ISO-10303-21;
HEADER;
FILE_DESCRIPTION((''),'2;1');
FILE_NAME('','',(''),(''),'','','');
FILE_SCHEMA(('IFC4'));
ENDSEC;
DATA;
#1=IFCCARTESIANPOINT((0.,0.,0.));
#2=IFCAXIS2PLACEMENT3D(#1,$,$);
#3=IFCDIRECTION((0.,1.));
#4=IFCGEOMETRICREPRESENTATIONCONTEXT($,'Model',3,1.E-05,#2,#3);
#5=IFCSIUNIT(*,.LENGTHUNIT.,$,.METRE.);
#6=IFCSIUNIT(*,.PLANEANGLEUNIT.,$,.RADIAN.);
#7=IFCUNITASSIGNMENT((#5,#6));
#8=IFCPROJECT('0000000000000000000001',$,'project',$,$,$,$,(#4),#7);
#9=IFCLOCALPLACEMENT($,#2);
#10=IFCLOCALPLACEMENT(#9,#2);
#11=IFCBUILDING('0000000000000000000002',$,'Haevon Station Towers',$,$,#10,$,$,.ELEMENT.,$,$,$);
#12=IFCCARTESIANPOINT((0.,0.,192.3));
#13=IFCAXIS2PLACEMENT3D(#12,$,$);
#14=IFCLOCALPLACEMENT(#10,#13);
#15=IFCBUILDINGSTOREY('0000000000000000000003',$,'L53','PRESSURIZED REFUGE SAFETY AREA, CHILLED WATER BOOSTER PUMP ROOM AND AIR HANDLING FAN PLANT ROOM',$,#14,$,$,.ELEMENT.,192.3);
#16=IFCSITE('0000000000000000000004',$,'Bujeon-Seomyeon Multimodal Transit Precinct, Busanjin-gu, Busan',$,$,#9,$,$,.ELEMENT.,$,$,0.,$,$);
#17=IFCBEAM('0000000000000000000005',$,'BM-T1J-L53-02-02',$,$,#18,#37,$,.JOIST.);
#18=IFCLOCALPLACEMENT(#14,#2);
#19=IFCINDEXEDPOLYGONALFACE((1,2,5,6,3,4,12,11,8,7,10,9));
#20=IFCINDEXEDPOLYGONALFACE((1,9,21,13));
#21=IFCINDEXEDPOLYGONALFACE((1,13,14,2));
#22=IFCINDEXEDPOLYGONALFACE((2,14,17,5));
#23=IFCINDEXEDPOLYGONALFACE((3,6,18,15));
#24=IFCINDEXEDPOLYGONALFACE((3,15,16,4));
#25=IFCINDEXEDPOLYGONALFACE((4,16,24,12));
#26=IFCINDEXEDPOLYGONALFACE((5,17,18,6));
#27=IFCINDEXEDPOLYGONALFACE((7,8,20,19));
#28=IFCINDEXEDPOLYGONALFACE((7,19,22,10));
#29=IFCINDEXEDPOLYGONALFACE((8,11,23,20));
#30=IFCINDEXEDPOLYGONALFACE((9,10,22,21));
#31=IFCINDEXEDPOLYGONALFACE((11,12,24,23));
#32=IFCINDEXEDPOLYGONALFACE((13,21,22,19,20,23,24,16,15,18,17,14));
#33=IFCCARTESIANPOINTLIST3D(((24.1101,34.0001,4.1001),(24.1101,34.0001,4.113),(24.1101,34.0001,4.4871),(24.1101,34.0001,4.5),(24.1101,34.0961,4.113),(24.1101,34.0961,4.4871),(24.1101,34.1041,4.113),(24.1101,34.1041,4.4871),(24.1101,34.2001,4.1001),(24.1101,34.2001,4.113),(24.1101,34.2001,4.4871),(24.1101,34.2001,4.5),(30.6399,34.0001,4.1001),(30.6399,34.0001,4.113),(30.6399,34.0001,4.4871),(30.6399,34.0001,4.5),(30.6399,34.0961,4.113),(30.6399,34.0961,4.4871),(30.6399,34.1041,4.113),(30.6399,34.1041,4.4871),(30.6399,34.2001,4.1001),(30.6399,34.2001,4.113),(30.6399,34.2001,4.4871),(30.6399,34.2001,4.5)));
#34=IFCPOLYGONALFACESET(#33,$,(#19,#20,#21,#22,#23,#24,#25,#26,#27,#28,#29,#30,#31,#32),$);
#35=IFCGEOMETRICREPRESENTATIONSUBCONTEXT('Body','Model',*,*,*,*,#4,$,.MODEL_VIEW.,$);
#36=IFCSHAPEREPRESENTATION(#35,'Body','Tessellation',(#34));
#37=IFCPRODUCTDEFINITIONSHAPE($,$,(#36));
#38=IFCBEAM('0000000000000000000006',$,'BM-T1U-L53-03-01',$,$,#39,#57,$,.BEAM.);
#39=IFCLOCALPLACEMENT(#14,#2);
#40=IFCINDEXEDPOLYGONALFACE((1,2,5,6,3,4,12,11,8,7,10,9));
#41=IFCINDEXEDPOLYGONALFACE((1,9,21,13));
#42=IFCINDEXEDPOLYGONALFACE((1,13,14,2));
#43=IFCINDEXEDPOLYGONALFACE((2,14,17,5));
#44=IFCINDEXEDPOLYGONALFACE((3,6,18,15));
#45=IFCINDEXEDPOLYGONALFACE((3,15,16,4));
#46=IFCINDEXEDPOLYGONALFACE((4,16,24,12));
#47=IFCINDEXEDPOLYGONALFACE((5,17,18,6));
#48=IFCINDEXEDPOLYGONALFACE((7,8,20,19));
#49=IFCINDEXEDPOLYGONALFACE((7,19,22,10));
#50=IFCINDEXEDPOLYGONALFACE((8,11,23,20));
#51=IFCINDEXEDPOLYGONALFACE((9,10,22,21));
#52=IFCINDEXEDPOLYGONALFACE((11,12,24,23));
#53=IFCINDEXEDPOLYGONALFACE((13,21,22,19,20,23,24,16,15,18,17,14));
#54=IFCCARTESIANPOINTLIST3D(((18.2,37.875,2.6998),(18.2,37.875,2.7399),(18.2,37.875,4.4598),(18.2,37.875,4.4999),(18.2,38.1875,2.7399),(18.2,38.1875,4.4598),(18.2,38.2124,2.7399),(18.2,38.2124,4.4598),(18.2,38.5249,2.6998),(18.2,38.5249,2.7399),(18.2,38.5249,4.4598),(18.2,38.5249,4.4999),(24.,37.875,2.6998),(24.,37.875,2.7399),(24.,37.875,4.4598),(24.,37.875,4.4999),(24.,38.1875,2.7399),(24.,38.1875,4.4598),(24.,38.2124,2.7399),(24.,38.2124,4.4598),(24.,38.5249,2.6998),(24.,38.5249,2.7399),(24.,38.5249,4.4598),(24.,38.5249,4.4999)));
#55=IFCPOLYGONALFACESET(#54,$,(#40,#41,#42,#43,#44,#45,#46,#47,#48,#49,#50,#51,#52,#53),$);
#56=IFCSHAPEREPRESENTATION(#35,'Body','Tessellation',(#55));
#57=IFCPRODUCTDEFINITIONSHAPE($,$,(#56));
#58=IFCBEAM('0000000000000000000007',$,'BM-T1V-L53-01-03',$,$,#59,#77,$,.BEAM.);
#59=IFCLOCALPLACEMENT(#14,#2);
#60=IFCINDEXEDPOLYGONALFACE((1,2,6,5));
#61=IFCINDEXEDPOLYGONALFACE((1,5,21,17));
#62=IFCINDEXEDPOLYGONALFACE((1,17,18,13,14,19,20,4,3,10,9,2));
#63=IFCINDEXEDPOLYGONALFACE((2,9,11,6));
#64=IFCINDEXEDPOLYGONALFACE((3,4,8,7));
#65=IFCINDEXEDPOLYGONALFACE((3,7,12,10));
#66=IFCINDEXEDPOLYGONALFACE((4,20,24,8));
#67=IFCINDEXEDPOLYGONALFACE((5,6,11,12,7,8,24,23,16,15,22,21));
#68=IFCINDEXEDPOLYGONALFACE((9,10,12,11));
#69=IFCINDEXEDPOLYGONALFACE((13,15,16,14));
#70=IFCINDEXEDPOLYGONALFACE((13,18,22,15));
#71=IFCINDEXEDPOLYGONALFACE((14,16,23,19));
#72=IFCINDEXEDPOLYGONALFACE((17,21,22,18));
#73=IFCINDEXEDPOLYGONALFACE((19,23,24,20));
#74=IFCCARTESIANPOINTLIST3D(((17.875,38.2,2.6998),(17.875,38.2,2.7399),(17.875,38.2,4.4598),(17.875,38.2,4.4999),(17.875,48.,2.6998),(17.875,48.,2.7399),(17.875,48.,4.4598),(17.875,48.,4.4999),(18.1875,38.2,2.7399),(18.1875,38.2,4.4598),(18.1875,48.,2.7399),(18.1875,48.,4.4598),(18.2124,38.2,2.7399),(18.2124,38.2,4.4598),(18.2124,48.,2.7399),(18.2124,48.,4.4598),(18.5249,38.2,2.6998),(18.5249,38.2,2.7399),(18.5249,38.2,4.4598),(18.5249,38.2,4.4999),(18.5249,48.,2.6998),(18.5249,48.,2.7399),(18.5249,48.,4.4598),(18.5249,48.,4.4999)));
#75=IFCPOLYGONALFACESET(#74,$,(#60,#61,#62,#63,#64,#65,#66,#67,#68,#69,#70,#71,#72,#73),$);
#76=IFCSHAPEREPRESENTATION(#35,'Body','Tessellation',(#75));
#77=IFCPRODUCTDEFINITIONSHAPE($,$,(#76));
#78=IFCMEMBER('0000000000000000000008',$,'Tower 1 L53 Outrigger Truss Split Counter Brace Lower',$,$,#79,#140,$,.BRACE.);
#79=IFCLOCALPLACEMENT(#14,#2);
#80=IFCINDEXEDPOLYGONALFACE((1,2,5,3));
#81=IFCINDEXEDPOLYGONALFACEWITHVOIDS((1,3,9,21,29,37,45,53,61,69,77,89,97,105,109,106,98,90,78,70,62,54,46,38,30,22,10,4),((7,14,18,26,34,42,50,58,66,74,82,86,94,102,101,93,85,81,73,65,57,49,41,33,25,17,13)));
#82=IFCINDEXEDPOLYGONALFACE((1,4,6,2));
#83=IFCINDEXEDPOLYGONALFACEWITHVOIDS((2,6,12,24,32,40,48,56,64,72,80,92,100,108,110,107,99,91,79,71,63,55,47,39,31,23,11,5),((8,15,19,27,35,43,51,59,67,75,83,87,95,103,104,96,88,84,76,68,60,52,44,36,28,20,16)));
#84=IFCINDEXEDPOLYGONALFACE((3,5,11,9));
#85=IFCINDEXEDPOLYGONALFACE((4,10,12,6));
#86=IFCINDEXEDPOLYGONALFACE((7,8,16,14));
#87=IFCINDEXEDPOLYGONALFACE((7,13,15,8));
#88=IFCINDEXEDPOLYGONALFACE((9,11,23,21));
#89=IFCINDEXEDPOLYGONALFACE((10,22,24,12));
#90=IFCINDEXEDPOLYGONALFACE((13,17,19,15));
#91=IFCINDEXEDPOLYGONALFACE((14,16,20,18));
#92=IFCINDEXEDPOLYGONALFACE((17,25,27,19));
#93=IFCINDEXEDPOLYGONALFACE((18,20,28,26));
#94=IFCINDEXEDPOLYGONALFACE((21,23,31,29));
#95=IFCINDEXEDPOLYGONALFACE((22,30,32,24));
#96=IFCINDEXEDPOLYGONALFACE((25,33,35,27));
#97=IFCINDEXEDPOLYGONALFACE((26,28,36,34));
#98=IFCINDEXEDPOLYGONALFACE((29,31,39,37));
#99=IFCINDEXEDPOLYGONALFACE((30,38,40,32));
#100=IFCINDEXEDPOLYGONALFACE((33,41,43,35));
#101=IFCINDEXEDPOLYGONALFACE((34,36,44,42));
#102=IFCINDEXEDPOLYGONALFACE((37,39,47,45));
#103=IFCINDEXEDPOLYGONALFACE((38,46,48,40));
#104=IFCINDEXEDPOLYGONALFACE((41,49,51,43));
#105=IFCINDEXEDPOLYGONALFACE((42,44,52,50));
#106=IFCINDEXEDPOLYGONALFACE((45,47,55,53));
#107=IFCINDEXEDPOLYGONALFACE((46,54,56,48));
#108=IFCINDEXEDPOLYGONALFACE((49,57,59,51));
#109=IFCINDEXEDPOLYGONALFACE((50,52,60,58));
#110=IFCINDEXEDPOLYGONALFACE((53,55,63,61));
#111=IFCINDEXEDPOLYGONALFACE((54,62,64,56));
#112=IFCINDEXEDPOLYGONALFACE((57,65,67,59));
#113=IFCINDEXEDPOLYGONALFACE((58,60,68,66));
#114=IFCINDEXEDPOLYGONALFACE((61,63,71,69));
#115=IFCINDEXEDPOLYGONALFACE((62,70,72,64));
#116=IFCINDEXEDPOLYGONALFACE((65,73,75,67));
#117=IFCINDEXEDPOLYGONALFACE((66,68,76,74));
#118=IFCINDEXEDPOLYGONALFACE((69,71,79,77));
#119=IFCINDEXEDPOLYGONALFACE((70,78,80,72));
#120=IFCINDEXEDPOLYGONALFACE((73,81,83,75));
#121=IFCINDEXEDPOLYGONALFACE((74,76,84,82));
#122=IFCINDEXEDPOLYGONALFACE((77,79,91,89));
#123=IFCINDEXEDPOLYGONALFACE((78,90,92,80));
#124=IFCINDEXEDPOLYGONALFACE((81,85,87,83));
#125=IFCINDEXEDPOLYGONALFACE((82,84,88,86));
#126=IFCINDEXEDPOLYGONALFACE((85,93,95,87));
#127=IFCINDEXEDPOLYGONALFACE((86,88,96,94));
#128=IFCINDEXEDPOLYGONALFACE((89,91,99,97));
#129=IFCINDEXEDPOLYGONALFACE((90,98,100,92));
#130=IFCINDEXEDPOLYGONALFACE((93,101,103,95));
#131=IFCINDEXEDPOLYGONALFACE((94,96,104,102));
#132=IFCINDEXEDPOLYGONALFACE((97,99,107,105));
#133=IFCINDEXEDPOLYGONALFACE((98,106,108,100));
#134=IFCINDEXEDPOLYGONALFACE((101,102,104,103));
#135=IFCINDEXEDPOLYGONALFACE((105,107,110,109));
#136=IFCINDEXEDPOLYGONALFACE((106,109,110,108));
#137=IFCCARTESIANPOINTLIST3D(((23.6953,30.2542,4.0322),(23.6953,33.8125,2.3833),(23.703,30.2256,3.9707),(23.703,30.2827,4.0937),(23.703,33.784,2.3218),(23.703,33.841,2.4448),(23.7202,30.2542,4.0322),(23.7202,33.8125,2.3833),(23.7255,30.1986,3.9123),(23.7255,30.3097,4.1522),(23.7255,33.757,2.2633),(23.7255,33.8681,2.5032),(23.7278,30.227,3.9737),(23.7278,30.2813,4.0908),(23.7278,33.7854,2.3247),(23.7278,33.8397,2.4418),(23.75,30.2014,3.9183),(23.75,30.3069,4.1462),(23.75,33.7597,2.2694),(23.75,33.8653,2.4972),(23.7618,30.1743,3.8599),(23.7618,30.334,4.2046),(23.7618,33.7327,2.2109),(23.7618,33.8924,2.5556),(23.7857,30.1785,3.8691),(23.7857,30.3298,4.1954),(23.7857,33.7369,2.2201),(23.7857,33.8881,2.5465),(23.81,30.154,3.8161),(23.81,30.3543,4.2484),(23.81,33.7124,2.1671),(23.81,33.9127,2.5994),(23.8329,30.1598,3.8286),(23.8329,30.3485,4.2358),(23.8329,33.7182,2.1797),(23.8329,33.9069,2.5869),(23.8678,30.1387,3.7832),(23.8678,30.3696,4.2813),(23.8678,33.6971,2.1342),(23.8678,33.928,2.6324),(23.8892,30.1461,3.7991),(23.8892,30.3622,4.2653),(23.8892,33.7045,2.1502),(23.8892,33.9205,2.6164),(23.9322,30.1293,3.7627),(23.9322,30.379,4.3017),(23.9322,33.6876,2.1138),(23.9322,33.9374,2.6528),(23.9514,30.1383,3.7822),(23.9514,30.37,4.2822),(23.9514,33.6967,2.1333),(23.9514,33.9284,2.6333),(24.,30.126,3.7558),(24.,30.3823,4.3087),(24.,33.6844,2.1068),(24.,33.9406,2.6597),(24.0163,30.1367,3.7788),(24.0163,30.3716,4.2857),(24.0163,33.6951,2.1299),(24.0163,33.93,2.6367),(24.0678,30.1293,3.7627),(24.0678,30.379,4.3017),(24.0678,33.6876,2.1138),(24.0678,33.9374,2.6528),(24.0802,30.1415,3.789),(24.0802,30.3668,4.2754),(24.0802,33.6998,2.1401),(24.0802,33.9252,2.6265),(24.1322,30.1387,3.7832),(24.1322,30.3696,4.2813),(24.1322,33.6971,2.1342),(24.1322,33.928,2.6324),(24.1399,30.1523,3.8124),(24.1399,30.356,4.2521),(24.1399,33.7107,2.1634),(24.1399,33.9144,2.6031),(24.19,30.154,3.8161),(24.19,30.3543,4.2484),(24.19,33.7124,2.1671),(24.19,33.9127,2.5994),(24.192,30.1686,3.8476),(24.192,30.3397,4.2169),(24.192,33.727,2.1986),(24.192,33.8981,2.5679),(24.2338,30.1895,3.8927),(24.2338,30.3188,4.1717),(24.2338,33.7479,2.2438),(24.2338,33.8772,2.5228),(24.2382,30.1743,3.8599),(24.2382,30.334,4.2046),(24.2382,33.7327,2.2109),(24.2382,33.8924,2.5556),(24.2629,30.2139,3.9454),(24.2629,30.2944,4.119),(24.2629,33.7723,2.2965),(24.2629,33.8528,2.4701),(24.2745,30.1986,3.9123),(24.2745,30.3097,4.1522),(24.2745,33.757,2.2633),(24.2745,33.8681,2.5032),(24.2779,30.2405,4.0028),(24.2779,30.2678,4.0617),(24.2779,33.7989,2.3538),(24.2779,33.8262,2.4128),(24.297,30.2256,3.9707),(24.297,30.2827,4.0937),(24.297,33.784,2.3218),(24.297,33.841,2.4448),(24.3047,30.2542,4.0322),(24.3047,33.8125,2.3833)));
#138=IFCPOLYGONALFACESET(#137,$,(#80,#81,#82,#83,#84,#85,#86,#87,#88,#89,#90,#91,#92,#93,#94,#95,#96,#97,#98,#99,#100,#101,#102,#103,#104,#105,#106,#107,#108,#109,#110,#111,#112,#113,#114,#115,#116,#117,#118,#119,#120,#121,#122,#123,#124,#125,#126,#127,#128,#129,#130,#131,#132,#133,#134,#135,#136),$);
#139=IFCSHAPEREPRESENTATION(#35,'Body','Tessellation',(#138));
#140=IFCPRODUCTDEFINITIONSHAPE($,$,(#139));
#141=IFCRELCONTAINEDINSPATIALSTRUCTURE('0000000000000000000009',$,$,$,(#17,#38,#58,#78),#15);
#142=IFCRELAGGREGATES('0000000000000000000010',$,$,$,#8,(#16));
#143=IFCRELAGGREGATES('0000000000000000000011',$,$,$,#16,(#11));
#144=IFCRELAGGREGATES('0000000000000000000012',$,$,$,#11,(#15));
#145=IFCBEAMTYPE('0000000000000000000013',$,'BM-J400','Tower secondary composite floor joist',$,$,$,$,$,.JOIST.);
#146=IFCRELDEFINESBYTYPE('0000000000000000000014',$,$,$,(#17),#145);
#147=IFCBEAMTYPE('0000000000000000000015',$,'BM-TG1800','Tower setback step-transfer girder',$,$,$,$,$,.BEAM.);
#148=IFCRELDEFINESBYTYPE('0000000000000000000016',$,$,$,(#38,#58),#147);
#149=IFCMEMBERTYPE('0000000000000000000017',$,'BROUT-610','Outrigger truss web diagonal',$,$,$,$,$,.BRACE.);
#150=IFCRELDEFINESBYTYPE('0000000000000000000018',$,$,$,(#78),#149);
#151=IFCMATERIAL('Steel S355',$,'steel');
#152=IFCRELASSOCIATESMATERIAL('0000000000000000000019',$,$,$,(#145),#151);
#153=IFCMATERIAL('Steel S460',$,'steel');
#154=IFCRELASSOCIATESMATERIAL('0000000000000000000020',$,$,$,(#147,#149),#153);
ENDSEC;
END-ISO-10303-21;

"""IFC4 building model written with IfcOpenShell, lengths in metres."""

from ifc_helpers import new_model, si_unit, direction, frame, origin, origin_2d, place, context, subcontext, project, spatial, hollow_circle, i_section, extrude, material, material_profile, profile_set, type_object, element, save


model = new_model("IFC4")

# Units and contexts
model_context = context("Model", 3, precision=1e-05, world=origin(), true_north=direction((0.0, 1.0)))
body_context = subcontext(model_context, "Body", "Model", "MODEL_VIEW")
ifc_project = project(units=[si_unit("LENGTHUNIT", "METRE"), si_unit("PLANEANGLEUNIT", "RADIAN")], contexts=[model_context])

# Site, building, storey
site_placement = place(None, origin())
site = spatial("IfcSite", under=ifc_project, at=site_placement, Name="Bujeon-Seomyeon Multimodal Transit Precinct, Busanjin-gu, Busan", CompositionType="ELEMENT", RefElevation=0.0)
building_placement = place(site_placement, origin())
building = spatial("IfcBuilding", under=site, at=building_placement, Name="Haevon Station Towers", CompositionType="ELEMENT")
storey_placement = place(building_placement, frame((0.0, 0.0, 192.3)))
storey = spatial("IfcBuildingStorey", under=building, at=storey_placement, Name="L53", Description="PRESSURIZED REFUGE SAFETY AREA, CHILLED WATER BOOSTER PUMP ROOM AND AIR HANDLING FAN PLANT ROOM", CompositionType="ELEMENT", Elevation=192.3)

# Shared definitions
ifc_material_1 = material(Name="Steel S355", Category="steel")

# Beams
ifc_material_profile_1 = material_profile(ifc_material_1, i_section(OverallWidth=0.2, OverallDepth=0.3999, WebThickness=0.0081, FlangeThickness=0.0129, at=origin_2d()), Name="H-400x200x8x13")
ifc_profile_set_1 = profile_set([ifc_material_profile_1], Name="Steel S355")
beam_type_1 = type_object("IfcBeamType", Name="BM-J400", Description="Tower secondary composite floor joist", PredefinedType="JOIST", material=ifc_profile_set_1)
beam_1_placement = place(storey_placement, frame((24.1101, 34.1001, 4.3), z_axis=(1.0, 0.0, 0.0), x_axis=(0.0, 1.0, 0.0)))
element("IfcBeam", 1, at=beam_1_placement, inside=storey, type_object=beam_type_1, Name="BM-T1J-L53-02-02", PredefinedType="JOIST", context=body_context, shape_type="SweptSolid", body=[
    extrude(i_section(OverallWidth=0.2, OverallDepth=0.3999, WebThickness=0.0081, FlangeThickness=0.0129, at=origin_2d()), origin(), (0.0, 0.0, 1.0), 6.5298),
])
ifc_material_2 = material(Name="Steel S460", Category="steel")
ifc_material_profile_2 = material_profile(ifc_material_2, i_section(OverallWidth=0.6499, OverallDepth=1.8, WebThickness=0.0249, FlangeThickness=0.04, at=origin_2d()), Name="H-1800x650x25x40")
ifc_profile_set_2 = profile_set([ifc_material_profile_2], Name="Steel S460")
beam_type_2 = type_object("IfcBeamType", Name="BM-TG1800", Description="Tower setback step-transfer girder", PredefinedType="BEAM", material=ifc_profile_set_2)
beam_2_placement = place(storey_placement, frame((18.2, 38.2, 3.5999), z_axis=(1.0, 0.0, 0.0), x_axis=(0.0, 1.0, 0.0)))
element("IfcBeam", 2, at=beam_2_placement, inside=storey, type_object=beam_type_2, Name="BM-T1U-L53-03-01", PredefinedType="BEAM", context=body_context, shape_type="SweptSolid", body=[
    extrude(i_section(OverallWidth=0.6499, OverallDepth=1.8, WebThickness=0.0249, FlangeThickness=0.04, at=origin_2d()), origin(), (0.0, 0.0, 1.0), 5.8),
])
beam_3_placement = place(storey_placement, frame((18.2, 38.2, 3.5999), z_axis=(0.0, 1.0, 0.0), x_axis=(-1.0, 0.0, 0.0)))
element("IfcBeam", 3, at=beam_3_placement, inside=storey, type_object=beam_type_2, Name="BM-T1V-L53-01-03", PredefinedType="BEAM", context=body_context, shape_type="SweptSolid", body=[
    extrude(i_section(OverallWidth=0.6499, OverallDepth=1.8, WebThickness=0.0249, FlangeThickness=0.04, at=origin_2d()), origin(), (0.0, 0.0, 1.0), 9.8),
])

# Member
ifc_material_profile_3 = material_profile(ifc_material_2, hollow_circle(Radius=0.3047, WallThickness=0.0249, at=origin_2d()), Name="CHS-609.6x25")
ifc_profile_set_3 = profile_set([ifc_material_profile_3], Name="Steel S460")
member_type = type_object("IfcMemberType", Name="BROUT-610", Description="Outrigger truss web diagonal", PredefinedType="BRACE", material=ifc_profile_set_3)
for number, where, z_axis, x_axis, name in (
    (4, (24.0, 30.2542, 4.0322), (0.0, 0.907317, -0.420447), (-1.0, 0.0, 0.0), "Tower 1 L53 Outrigger Truss Split Counter Brace Lower"),
):
    element("IfcMember", number, at=place(storey_placement, frame(where, z_axis=z_axis, x_axis=x_axis)), inside=storey, type_object=member_type, Name=name, PredefinedType="BRACE", context=body_context, shape_type="SweptSolid", body=[
        extrude(hollow_circle(Radius=0.3047, WallThickness=0.0249, at=origin_2d()), origin(), (0.0, 0.0, 1.0), 3.9219),
    ])

save(model, "model.ifc")
